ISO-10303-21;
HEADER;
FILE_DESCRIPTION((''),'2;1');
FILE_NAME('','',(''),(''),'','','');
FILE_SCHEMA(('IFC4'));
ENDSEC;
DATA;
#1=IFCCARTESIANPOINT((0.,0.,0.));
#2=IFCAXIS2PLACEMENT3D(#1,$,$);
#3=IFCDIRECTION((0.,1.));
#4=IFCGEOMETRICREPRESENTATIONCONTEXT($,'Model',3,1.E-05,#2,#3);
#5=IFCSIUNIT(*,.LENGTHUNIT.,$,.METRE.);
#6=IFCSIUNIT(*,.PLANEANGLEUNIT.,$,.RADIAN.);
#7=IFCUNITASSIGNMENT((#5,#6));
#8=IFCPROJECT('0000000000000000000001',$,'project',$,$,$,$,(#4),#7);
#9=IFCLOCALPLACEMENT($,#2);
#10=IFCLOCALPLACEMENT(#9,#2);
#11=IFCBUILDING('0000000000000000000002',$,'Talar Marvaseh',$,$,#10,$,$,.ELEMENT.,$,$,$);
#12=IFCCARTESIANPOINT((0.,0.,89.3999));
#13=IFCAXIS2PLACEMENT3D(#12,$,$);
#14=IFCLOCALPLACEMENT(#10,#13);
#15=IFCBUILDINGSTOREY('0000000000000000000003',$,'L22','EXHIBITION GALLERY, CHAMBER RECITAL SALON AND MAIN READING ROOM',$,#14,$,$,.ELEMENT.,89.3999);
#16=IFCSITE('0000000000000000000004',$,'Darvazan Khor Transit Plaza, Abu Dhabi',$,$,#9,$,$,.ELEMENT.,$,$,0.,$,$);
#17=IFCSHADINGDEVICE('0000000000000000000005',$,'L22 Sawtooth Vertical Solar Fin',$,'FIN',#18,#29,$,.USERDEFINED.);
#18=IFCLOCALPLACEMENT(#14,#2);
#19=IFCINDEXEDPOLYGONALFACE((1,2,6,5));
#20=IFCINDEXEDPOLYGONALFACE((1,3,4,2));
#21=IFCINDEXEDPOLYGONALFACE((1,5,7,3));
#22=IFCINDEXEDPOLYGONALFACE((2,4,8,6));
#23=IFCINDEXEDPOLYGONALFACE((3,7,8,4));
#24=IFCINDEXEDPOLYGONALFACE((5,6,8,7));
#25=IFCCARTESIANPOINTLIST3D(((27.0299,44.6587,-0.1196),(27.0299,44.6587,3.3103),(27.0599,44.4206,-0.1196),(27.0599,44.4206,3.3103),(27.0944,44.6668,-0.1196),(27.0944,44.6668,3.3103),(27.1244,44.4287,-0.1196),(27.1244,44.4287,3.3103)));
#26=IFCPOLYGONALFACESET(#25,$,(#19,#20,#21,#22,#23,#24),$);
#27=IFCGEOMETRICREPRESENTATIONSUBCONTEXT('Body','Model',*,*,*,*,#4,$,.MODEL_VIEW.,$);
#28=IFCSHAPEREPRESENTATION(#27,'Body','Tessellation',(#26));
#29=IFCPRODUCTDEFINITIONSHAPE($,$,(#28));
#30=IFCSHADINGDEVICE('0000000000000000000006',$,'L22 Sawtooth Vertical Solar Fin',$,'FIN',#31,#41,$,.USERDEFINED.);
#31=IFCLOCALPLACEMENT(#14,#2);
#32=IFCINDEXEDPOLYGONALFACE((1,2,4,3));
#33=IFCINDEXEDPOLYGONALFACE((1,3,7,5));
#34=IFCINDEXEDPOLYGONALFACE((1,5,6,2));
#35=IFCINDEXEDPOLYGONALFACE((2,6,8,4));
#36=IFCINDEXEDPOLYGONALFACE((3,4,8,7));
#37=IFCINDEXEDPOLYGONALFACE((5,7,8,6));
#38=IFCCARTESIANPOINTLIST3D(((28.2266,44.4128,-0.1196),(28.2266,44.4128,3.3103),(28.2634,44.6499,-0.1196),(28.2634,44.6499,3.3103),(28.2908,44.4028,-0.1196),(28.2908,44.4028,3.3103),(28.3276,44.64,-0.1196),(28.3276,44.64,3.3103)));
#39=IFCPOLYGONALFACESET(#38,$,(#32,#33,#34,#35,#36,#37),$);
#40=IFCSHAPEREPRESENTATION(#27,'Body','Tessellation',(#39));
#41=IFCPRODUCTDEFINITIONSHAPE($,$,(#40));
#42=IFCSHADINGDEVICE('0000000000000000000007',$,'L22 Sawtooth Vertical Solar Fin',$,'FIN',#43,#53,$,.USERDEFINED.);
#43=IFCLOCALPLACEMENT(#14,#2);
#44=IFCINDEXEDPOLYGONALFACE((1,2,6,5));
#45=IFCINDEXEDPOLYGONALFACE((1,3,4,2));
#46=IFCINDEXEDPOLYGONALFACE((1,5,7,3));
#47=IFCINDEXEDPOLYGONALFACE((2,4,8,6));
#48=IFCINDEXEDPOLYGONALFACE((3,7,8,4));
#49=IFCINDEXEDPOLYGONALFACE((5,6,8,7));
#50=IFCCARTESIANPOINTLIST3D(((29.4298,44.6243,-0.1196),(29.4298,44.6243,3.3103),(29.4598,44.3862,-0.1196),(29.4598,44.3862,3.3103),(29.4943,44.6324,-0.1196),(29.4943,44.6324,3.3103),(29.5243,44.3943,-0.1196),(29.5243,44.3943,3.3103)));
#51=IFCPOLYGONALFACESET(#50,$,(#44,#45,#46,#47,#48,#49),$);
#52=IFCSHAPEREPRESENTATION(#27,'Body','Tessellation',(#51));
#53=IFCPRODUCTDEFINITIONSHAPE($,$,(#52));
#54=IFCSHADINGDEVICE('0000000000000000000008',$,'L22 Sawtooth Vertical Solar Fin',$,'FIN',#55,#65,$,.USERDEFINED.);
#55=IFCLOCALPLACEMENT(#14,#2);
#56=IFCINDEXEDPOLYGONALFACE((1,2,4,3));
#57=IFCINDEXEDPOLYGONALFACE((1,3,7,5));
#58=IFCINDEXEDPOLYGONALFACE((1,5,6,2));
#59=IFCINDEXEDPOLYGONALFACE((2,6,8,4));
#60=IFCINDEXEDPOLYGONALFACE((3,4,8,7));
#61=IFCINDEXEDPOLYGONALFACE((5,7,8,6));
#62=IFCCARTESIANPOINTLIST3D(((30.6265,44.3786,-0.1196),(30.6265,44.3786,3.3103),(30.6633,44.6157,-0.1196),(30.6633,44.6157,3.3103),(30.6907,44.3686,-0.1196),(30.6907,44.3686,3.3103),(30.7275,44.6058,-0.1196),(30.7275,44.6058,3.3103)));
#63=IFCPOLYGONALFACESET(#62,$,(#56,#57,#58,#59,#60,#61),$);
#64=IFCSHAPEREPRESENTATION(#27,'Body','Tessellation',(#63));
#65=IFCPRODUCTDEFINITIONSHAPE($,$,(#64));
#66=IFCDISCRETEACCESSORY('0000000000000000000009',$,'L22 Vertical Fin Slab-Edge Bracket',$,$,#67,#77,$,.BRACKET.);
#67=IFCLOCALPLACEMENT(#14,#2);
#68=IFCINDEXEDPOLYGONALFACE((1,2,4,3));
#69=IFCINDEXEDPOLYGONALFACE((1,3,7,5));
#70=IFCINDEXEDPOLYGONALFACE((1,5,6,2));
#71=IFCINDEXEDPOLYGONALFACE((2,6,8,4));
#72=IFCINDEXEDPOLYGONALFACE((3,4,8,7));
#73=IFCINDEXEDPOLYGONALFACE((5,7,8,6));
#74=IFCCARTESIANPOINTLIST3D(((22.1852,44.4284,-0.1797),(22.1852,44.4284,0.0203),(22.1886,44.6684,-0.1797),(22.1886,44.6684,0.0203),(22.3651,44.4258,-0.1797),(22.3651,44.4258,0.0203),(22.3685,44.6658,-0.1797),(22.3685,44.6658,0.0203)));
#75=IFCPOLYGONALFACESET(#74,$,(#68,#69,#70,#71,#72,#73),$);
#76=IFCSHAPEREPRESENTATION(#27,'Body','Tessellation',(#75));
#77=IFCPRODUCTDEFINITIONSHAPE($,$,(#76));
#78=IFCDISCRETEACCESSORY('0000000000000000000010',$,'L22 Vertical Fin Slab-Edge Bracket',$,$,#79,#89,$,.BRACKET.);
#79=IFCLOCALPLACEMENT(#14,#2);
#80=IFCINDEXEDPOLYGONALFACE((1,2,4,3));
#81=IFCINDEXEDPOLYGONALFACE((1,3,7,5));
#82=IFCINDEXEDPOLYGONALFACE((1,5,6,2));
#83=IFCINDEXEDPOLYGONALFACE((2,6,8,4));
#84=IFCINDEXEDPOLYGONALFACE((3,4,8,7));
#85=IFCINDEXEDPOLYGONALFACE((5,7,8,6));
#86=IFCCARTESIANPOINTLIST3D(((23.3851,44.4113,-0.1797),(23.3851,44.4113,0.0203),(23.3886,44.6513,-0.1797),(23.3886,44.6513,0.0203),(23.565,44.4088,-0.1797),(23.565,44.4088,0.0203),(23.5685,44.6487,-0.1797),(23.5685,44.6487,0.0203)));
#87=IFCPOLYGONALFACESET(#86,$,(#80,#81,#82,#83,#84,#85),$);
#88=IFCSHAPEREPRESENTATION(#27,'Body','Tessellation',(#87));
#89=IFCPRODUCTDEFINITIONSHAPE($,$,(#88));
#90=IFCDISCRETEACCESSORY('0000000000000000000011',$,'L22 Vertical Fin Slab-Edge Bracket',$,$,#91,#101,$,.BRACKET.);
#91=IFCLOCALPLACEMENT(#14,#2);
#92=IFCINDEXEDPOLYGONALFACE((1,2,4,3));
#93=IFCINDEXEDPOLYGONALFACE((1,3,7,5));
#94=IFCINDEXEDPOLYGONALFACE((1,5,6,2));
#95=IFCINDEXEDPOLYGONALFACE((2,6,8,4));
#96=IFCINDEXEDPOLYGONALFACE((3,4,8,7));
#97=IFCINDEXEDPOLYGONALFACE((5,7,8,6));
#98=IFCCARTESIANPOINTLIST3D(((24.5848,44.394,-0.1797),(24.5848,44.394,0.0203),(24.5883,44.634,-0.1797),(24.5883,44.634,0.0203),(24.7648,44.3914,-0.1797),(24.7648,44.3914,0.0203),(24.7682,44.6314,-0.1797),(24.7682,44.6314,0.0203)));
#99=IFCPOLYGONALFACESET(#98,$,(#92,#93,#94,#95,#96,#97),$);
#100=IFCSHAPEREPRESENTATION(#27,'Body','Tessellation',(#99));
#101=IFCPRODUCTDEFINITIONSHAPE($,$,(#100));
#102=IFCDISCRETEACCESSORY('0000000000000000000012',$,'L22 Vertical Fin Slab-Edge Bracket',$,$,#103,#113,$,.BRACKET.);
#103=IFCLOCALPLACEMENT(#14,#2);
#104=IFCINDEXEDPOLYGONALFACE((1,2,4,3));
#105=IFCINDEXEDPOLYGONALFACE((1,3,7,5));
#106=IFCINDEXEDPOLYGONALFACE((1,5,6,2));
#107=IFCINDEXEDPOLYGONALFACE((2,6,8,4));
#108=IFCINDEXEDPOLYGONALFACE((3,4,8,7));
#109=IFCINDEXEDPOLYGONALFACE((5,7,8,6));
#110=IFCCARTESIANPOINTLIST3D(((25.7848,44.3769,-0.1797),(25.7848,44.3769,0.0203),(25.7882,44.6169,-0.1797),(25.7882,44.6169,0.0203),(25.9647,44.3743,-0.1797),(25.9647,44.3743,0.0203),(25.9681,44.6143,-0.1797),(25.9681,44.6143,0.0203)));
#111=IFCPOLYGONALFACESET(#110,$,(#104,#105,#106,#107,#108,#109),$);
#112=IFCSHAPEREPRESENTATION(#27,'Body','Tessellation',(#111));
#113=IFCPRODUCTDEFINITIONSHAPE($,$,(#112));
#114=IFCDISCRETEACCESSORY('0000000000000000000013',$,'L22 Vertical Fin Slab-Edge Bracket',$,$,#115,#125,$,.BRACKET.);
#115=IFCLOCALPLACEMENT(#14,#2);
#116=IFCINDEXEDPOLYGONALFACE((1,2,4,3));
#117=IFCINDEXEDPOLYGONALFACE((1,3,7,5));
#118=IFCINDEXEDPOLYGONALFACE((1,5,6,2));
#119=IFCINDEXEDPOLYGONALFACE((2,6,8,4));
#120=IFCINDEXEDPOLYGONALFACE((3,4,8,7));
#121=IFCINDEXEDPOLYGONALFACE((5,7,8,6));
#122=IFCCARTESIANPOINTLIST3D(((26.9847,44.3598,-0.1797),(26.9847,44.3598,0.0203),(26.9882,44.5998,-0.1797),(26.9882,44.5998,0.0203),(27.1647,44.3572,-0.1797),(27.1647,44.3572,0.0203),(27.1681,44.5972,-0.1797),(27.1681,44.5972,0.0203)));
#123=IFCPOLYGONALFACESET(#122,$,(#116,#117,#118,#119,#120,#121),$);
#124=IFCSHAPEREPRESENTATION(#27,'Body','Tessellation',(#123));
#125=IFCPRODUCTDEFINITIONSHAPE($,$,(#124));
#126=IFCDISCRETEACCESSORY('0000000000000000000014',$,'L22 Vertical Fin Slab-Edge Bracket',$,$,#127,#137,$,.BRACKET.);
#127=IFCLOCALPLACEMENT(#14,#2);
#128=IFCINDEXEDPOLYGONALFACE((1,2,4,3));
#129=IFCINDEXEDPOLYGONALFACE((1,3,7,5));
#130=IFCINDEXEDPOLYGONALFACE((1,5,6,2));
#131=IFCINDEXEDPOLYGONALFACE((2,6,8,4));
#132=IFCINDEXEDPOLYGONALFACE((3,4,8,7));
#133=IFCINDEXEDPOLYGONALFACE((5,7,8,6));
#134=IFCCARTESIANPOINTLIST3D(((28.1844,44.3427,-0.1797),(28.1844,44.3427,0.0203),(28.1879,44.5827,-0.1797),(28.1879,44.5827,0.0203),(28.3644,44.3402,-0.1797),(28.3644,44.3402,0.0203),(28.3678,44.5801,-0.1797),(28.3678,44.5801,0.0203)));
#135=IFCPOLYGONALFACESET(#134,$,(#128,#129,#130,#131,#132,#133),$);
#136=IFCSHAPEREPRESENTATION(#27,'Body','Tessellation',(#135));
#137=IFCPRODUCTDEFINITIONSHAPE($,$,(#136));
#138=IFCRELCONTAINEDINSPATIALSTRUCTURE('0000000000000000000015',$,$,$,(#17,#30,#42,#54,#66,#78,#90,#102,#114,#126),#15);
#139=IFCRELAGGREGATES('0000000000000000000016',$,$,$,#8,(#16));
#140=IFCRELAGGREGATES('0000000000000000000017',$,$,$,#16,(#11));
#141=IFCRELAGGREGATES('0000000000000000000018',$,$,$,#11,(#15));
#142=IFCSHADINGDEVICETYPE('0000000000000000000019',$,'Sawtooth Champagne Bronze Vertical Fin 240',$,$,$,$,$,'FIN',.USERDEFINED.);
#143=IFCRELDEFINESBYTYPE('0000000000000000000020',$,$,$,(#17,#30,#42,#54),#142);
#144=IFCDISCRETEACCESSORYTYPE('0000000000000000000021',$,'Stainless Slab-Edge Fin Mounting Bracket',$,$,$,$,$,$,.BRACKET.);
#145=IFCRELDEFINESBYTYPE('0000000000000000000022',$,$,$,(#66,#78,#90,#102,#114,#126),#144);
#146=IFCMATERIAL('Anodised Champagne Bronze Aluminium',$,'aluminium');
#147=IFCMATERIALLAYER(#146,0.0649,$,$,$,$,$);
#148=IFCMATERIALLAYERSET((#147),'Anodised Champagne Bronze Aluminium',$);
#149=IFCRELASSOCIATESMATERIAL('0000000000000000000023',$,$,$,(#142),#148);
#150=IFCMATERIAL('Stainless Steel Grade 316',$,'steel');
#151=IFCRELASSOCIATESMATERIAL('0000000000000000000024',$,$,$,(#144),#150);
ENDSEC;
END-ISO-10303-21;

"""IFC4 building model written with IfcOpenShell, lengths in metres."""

from ifc_helpers import new_model, si_unit, direction, frame, origin, origin_2d, place, context, subcontext, project, spatial, rectangle, extrude, source, transform, mapped, material, layer, layer_set, type_object, type_shapes, element, save


model = new_model("IFC4")

# Units and contexts
model_context = context("Model", 3, precision=1e-05, world=origin(), true_north=direction((0.0, 1.0)))
body_context = subcontext(model_context, "Body", "Model", "MODEL_VIEW")
ifc_project = project(units=[si_unit("LENGTHUNIT", "METRE"), si_unit("PLANEANGLEUNIT", "RADIAN")], contexts=[model_context])

# Site, building, storey
site_placement = place(None, origin())
site = spatial("IfcSite", under=ifc_project, at=site_placement, Name="Darvazan Khor Transit Plaza, Abu Dhabi", CompositionType="ELEMENT", RefElevation=0.0)
building_placement = place(site_placement, origin())
building = spatial("IfcBuilding", under=site, at=building_placement, Name="Talar Marvaseh", CompositionType="ELEMENT")
storey_placement = place(building_placement, frame((0.0, 0.0, 89.3999)))
storey = spatial("IfcBuildingStorey", under=building, at=storey_placement, Name="L22", Description="EXHIBITION GALLERY, CHAMBER RECITAL SALON AND MAIN READING ROOM", CompositionType="ELEMENT", Elevation=89.3999)

# Shading devices
ifc_material_1 = material(Name="Anodised Champagne Bronze Aluminium", Category="aluminium")
ifc_layer_1 = layer(ifc_material_1, 0.0649)
ifc_layer_set_1 = layer_set([ifc_layer_1], Name="Anodised Champagne Bronze Aluminium")
shading_device_type = type_object("IfcShadingDeviceType", Name="Sawtooth Champagne Bronze Vertical Fin 240", ElementType="FIN", PredefinedType="USERDEFINED", material=ifc_layer_set_1)
shared_shape_1 = source(origin(), body_context, "Body", "SweptSolid", [
    extrude(rectangle(XDim=0.24, YDim=0.0649, at=origin_2d()), origin(), (0.0, 0.0, 1.0), 3.4299),
])
type_shapes(shading_device_type, [shared_shape_1])
for number, where, z_axis, x_axis, name in (
    (1, (27.0771, 44.5437, -0.1196), (0.0, 0.0, 1.0), (-0.124987, 0.992158, 0.0), "L22 Sawtooth Vertical Solar Fin"),
    (2, (28.2771, 44.5264, -0.1196), (0.0, 0.0, 1.0), (0.153331, 0.988175, 0.0), "L22 Sawtooth Vertical Solar Fin"),
    (3, (29.4771, 44.5093, -0.1196), (0.0, 0.0, 1.0), (-0.124987, 0.992158, 0.0), "L22 Sawtooth Vertical Solar Fin"),
    (4, (30.677, 44.4922, -0.1196), (0.0, 0.0, 1.0), (0.153331, 0.988175, 0.0), "L22 Sawtooth Vertical Solar Fin"),
):
    element("IfcShadingDevice", number, at=place(storey_placement, frame(where, z_axis=z_axis, x_axis=x_axis)), inside=storey, type_object=shading_device_type, Name=name, ObjectType="FIN", PredefinedType="USERDEFINED", context=body_context, shape_type="MappedRepresentation", body=[
        mapped(shared_shape_1, transform((0.0, 0.0, 0.0), x_axis=(1.0, 0.0, 0.0), y_axis=(0.0, 1.0, 0.0), z_axis=(0.0, 0.0, 1.0), scale=1.0)),
    ])

# Discrete accessories
ifc_material_2 = material(Name="Stainless Steel Grade 316", Category="steel")
discrete_accessory_type = type_object("IfcDiscreteAccessoryType", Name="Stainless Slab-Edge Fin Mounting Bracket", PredefinedType="BRACKET", material=ifc_material_2)
shared_shape_2 = source(origin(), body_context, "Body", "SweptSolid", [
    extrude(rectangle(XDim=0.24, YDim=0.1799, at=origin_2d()), origin(), (0.0, 0.0, 1.0), 0.2),
])
type_shapes(discrete_accessory_type, [shared_shape_2])
for number, where, z_axis, x_axis, name in (
    (5, (22.2769, 44.5471, -0.1797), (0.0, 0.0, 1.0), (0.014311, 0.999898, 0.0), "L22 Vertical Fin Slab-Edge Bracket"),
    (6, (23.4768, 44.53, -0.1797), (0.0, 0.0, 1.0), (0.014311, 0.999898, 0.0), "L22 Vertical Fin Slab-Edge Bracket"),
    (7, (24.6765, 44.5127, -0.1797), (0.0, 0.0, 1.0), (0.014311, 0.999898, 0.0), "L22 Vertical Fin Slab-Edge Bracket"),
    (8, (25.8765, 44.4956, -0.1797), (0.0, 0.0, 1.0), (0.014311, 0.999898, 0.0), "L22 Vertical Fin Slab-Edge Bracket"),
    (9, (27.0764, 44.4785, -0.1797), (0.0, 0.0, 1.0), (0.014311, 0.999898, 0.0), "L22 Vertical Fin Slab-Edge Bracket"),
    (10, (28.2761, 44.4614, -0.1797), (0.0, 0.0, 1.0), (0.014311, 0.999898, 0.0), "L22 Vertical Fin Slab-Edge Bracket"),
):
    element("IfcDiscreteAccessory", number, at=place(storey_placement, frame(where, z_axis=z_axis, x_axis=x_axis)), inside=storey, type_object=discrete_accessory_type, Name=name, PredefinedType="BRACKET", context=body_context, shape_type="MappedRepresentation", body=[
        mapped(shared_shape_2, transform((0.0, 0.0, 0.0), x_axis=(1.0, 0.0, 0.0), y_axis=(0.0, 1.0, 0.0), z_axis=(0.0, 0.0, 1.0), scale=1.0)),
    ])

save(model, "model.ifc")
